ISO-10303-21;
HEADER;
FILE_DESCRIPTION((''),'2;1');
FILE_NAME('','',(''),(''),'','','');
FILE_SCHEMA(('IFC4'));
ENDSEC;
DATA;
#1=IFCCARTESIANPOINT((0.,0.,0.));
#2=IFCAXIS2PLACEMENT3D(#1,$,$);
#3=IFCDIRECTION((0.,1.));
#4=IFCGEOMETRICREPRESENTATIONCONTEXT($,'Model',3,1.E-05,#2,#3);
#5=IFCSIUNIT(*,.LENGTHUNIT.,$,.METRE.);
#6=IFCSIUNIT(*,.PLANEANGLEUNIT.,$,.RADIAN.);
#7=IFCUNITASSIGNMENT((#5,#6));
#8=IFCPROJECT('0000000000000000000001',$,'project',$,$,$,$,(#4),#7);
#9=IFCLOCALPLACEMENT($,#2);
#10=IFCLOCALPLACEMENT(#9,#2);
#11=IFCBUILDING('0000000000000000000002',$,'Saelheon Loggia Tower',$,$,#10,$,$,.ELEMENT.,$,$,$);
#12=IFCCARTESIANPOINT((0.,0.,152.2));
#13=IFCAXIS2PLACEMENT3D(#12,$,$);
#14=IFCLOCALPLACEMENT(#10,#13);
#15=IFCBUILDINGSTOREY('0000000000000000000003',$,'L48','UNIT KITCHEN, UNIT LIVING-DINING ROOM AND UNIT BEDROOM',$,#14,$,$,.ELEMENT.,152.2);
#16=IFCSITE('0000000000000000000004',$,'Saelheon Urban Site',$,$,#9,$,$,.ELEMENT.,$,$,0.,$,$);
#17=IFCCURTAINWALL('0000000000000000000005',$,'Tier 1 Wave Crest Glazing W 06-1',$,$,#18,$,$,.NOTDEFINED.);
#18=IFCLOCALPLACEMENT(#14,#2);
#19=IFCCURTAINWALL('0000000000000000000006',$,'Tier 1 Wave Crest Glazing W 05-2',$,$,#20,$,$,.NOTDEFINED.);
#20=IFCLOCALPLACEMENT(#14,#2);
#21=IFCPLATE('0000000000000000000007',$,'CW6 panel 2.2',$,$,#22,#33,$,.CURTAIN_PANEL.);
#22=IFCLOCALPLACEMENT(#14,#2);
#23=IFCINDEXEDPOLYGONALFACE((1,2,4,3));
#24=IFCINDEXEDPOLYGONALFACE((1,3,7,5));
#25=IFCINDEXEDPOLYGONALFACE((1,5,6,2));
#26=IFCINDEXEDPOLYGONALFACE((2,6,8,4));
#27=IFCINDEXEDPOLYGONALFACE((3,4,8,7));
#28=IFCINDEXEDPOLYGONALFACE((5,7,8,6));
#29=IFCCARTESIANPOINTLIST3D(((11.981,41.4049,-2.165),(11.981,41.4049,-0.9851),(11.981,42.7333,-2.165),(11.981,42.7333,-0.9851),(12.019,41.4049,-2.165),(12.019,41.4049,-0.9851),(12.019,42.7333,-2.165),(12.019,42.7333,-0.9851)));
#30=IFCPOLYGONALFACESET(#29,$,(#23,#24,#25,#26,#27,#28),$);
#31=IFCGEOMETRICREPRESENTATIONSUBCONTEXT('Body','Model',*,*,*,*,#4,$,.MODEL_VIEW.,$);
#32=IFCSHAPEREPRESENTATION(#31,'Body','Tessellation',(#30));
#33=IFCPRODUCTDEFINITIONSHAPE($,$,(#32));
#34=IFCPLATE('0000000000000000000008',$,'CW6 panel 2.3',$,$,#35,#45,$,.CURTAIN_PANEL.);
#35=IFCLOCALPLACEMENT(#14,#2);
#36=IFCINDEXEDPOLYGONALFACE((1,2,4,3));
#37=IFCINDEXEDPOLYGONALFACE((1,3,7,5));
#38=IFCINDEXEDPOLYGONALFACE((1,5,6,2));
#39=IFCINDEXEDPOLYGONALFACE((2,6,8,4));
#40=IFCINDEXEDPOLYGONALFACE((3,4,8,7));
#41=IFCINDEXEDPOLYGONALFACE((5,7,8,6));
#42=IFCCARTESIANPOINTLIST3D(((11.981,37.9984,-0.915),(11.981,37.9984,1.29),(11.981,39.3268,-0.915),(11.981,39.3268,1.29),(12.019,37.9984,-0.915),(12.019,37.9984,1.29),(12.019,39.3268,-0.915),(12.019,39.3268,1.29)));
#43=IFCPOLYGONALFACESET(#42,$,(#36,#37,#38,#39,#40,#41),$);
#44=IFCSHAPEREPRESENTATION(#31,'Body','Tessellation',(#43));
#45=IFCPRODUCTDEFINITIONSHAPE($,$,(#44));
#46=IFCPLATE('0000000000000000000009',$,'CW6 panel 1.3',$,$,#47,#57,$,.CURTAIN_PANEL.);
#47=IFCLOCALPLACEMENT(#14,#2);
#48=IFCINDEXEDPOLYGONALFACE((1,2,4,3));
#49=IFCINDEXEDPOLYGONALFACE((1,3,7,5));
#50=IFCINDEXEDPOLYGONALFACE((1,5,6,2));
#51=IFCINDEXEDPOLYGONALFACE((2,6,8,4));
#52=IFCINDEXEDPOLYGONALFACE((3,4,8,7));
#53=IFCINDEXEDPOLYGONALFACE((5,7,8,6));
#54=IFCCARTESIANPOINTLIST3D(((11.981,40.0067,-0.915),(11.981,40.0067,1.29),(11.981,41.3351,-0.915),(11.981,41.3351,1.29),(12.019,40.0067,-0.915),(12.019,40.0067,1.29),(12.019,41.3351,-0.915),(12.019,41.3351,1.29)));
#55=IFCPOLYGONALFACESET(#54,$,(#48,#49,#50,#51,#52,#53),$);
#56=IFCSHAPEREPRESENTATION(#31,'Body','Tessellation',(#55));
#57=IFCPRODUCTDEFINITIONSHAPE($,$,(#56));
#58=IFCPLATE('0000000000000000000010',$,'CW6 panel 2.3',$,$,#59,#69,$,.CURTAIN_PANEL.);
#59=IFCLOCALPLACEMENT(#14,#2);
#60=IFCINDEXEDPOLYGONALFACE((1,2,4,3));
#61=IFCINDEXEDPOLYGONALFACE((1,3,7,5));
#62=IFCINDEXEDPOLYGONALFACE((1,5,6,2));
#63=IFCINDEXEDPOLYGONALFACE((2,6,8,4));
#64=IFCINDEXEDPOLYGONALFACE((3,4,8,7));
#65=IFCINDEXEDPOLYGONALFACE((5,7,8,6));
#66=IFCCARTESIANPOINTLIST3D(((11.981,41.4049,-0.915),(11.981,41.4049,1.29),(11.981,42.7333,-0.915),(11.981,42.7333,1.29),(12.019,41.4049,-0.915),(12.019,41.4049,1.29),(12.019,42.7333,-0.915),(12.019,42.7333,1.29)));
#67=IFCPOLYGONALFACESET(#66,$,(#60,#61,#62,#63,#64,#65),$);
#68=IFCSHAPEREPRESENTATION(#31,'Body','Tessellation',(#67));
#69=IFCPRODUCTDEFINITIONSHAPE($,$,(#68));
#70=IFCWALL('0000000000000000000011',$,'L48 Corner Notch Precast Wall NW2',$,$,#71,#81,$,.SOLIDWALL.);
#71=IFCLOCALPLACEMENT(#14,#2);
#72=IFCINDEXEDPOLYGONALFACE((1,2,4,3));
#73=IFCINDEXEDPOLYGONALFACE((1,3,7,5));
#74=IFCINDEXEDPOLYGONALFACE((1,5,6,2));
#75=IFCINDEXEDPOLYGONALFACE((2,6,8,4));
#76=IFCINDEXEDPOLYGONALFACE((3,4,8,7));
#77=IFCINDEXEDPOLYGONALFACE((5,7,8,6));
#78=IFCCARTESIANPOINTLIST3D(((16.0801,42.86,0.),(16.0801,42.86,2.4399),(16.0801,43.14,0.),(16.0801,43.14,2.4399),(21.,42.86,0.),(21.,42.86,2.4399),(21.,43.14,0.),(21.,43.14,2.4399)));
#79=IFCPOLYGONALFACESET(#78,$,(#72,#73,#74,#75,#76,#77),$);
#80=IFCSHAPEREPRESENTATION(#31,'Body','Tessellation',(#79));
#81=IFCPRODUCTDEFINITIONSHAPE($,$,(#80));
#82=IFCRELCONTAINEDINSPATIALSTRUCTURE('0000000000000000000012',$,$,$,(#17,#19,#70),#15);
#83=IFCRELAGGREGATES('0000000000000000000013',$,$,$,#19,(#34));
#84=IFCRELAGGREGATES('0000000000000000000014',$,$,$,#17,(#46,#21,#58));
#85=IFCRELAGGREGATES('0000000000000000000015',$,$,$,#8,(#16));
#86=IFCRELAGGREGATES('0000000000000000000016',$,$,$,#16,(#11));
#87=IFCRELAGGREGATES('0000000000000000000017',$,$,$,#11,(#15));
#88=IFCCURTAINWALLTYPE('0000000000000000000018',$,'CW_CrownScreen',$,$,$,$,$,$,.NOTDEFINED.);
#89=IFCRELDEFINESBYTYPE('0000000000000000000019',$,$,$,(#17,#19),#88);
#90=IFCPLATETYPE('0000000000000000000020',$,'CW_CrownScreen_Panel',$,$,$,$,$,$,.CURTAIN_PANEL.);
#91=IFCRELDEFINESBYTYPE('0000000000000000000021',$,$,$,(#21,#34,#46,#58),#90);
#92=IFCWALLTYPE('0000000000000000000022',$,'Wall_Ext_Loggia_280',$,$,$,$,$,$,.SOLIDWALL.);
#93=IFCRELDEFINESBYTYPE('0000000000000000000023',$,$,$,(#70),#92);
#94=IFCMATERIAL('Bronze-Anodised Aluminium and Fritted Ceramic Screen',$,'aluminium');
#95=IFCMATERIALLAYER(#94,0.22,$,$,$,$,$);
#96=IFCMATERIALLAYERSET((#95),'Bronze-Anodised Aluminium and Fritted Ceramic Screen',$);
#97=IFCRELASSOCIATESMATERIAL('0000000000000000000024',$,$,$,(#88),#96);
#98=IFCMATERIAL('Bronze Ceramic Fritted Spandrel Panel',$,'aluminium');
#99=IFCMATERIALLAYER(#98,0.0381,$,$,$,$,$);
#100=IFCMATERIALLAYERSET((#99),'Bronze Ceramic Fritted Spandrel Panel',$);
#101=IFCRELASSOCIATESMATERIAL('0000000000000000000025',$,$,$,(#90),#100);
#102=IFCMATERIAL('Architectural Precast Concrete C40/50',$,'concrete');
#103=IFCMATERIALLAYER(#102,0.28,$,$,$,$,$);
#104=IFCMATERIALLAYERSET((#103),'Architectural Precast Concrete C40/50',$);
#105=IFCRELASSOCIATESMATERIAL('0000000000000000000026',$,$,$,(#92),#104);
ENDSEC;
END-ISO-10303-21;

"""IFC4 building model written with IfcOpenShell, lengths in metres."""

from ifc_helpers import new_model, si_unit, direction, frame, frame_2d, origin, origin_2d, place, context, subcontext, project, spatial, rectangle, extrude, source, transform, mapped, material, layer, layer_set, type_object, element, aggregate, save


model = new_model("IFC4")

# Units and contexts
model_context = context("Model", 3, precision=1e-05, world=origin(), true_north=direction((0.0, 1.0)))
body_context = subcontext(model_context, "Body", "Model", "MODEL_VIEW")
ifc_project = project(units=[si_unit("LENGTHUNIT", "METRE"), si_unit("PLANEANGLEUNIT", "RADIAN")], contexts=[model_context])

# Site, building, storey
site_placement = place(None, origin())
site = spatial("IfcSite", under=ifc_project, at=site_placement, Name="Saelheon Urban Site", CompositionType="ELEMENT", RefElevation=0.0)
building_placement = place(site_placement, origin())
building = spatial("IfcBuilding", under=site, at=building_placement, Name="Saelheon Loggia Tower", CompositionType="ELEMENT")
storey_placement = place(building_placement, frame((0.0, 0.0, 152.2)))
storey = spatial("IfcBuildingStorey", under=building, at=storey_placement, Name="L48", Description="UNIT KITCHEN, UNIT LIVING-DINING ROOM AND UNIT BEDROOM", CompositionType="ELEMENT", Elevation=152.2)

# Shared definitions
ifc_material_1 = material(Name="Bronze-Anodised Aluminium and Fritted Ceramic Screen", Category="aluminium")
ifc_layer_1 = layer(ifc_material_1, 0.22)
ifc_layer_set_1 = layer_set([ifc_layer_1], Name="Bronze-Anodised Aluminium and Fritted Ceramic Screen")
curtain_wall_type = type_object("IfcCurtainWallType", Name="CW_CrownScreen", PredefinedType="NOTDEFINED", material=ifc_layer_set_1)

# Curtain wall
curtain_wall_1_placement = place(storey_placement, origin())
curtain_wall_1 = element("IfcCurtainWall", 1, at=curtain_wall_1_placement, inside=storey, type_object=curtain_wall_type, Name="Tier 1 Wave Crest Glazing W 06-1", PredefinedType="NOTDEFINED")

# Curtain wall
curtain_wall_2_placement = place(storey_placement, origin())
curtain_wall_2 = element("IfcCurtainWall", 2, at=curtain_wall_2_placement, inside=storey, type_object=curtain_wall_type, Name="Tier 1 Wave Crest Glazing W 05-2", PredefinedType="NOTDEFINED")

# Plates
ifc_material_2 = material(Name="Bronze Ceramic Fritted Spandrel Panel", Category="aluminium")
ifc_layer_2 = layer(ifc_material_2, 0.0381)
ifc_layer_set_2 = layer_set([ifc_layer_2], Name="Bronze Ceramic Fritted Spandrel Panel")
plate_type = type_object("IfcPlateType", Name="CW_CrownScreen_Panel", PredefinedType="CURTAIN_PANEL", material=ifc_layer_set_2)
shared_shape_1 = source(origin(), body_context, "Body", "SweptSolid", [
    extrude(rectangle(XDim=1.3284, YDim=0.0381, at=origin_2d()), origin(), (0.0, 0.0, 1.0), 1.1799),
])
plate_1_placement = place(storey_placement, frame((12.0, 42.0691, -2.165), z_axis=(0.0, 0.0, 1.0), x_axis=(0.0, 1.0, 0.0)))
plate_1 = element("IfcPlate", 3, at=plate_1_placement, type_object=plate_type, Name="CW6 panel 2.2", PredefinedType="CURTAIN_PANEL", context=body_context, shape_type="MappedRepresentation", body=[
    mapped(shared_shape_1, transform((0.0, 0.0, 0.0), scale=1.0)),
])
shared_shape_2 = source(origin(), body_context, "Body", "SweptSolid", [
    extrude(rectangle(XDim=1.3284, YDim=0.0381, at=origin_2d()), origin(), (0.0, 0.0, 1.0), 2.2051),
])
plate_2_placement = place(storey_placement, frame((12.0, 38.6626, -0.915), z_axis=(0.0, 0.0, 1.0), x_axis=(0.0, 1.0, 0.0)))
plate_2 = element("IfcPlate", 4, at=plate_2_placement, type_object=plate_type, Name="CW6 panel 2.3", PredefinedType="CURTAIN_PANEL", context=body_context, shape_type="MappedRepresentation", body=[
    mapped(shared_shape_2, transform((0.0, 0.0, 0.0), scale=1.0)),
])
aggregate(curtain_wall_2, [plate_2])
plate_3_placement = place(storey_placement, frame((12.0, 40.6709, -0.915), z_axis=(0.0, 0.0, 1.0), x_axis=(0.0, 1.0, 0.0)))
plate_3 = element("IfcPlate", 5, at=plate_3_placement, type_object=plate_type, Name="CW6 panel 1.3", PredefinedType="CURTAIN_PANEL", context=body_context, shape_type="MappedRepresentation", body=[
    mapped(shared_shape_2, transform((0.0, 0.0, 0.0), scale=1.0)),
])
plate_4_placement = place(storey_placement, frame((12.0, 42.0691, -0.915), z_axis=(0.0, 0.0, 1.0), x_axis=(0.0, 1.0, 0.0)))
plate_4 = element("IfcPlate", 6, at=plate_4_placement, type_object=plate_type, Name="CW6 panel 2.3", PredefinedType="CURTAIN_PANEL", context=body_context, shape_type="MappedRepresentation", body=[
    mapped(shared_shape_2, transform((0.0, 0.0, 0.0), scale=1.0)),
])
aggregate(curtain_wall_1, [plate_3, plate_1, plate_4])

# Wall
ifc_material_3 = material(Name="Architectural Precast Concrete C40/50", Category="concrete")
ifc_layer_3 = layer(ifc_material_3, 0.28)
ifc_layer_set_3 = layer_set([ifc_layer_3], Name="Architectural Precast Concrete C40/50")
wall_type = type_object("IfcWallType", Name="Wall_Ext_Loggia_280", PredefinedType="SOLIDWALL", material=ifc_layer_set_3)
wall_placement = place(storey_placement, frame((16.0801, 43.0, 0.0), z_axis=(0.0, 0.0, 1.0), x_axis=(1.0, 0.0, 0.0)))
element("IfcWall", 7, at=wall_placement, inside=storey, type_object=wall_type, Name="L48 Corner Notch Precast Wall NW2", PredefinedType="SOLIDWALL", context=body_context, shape_type="SweptSolid", body=[
    extrude(rectangle(XDim=4.9199, YDim=0.28, at=frame_2d((2.46, 0.0))), origin(), (0.0, 0.0, 1.0), 2.4399),
])

save(model, "model.ifc")
